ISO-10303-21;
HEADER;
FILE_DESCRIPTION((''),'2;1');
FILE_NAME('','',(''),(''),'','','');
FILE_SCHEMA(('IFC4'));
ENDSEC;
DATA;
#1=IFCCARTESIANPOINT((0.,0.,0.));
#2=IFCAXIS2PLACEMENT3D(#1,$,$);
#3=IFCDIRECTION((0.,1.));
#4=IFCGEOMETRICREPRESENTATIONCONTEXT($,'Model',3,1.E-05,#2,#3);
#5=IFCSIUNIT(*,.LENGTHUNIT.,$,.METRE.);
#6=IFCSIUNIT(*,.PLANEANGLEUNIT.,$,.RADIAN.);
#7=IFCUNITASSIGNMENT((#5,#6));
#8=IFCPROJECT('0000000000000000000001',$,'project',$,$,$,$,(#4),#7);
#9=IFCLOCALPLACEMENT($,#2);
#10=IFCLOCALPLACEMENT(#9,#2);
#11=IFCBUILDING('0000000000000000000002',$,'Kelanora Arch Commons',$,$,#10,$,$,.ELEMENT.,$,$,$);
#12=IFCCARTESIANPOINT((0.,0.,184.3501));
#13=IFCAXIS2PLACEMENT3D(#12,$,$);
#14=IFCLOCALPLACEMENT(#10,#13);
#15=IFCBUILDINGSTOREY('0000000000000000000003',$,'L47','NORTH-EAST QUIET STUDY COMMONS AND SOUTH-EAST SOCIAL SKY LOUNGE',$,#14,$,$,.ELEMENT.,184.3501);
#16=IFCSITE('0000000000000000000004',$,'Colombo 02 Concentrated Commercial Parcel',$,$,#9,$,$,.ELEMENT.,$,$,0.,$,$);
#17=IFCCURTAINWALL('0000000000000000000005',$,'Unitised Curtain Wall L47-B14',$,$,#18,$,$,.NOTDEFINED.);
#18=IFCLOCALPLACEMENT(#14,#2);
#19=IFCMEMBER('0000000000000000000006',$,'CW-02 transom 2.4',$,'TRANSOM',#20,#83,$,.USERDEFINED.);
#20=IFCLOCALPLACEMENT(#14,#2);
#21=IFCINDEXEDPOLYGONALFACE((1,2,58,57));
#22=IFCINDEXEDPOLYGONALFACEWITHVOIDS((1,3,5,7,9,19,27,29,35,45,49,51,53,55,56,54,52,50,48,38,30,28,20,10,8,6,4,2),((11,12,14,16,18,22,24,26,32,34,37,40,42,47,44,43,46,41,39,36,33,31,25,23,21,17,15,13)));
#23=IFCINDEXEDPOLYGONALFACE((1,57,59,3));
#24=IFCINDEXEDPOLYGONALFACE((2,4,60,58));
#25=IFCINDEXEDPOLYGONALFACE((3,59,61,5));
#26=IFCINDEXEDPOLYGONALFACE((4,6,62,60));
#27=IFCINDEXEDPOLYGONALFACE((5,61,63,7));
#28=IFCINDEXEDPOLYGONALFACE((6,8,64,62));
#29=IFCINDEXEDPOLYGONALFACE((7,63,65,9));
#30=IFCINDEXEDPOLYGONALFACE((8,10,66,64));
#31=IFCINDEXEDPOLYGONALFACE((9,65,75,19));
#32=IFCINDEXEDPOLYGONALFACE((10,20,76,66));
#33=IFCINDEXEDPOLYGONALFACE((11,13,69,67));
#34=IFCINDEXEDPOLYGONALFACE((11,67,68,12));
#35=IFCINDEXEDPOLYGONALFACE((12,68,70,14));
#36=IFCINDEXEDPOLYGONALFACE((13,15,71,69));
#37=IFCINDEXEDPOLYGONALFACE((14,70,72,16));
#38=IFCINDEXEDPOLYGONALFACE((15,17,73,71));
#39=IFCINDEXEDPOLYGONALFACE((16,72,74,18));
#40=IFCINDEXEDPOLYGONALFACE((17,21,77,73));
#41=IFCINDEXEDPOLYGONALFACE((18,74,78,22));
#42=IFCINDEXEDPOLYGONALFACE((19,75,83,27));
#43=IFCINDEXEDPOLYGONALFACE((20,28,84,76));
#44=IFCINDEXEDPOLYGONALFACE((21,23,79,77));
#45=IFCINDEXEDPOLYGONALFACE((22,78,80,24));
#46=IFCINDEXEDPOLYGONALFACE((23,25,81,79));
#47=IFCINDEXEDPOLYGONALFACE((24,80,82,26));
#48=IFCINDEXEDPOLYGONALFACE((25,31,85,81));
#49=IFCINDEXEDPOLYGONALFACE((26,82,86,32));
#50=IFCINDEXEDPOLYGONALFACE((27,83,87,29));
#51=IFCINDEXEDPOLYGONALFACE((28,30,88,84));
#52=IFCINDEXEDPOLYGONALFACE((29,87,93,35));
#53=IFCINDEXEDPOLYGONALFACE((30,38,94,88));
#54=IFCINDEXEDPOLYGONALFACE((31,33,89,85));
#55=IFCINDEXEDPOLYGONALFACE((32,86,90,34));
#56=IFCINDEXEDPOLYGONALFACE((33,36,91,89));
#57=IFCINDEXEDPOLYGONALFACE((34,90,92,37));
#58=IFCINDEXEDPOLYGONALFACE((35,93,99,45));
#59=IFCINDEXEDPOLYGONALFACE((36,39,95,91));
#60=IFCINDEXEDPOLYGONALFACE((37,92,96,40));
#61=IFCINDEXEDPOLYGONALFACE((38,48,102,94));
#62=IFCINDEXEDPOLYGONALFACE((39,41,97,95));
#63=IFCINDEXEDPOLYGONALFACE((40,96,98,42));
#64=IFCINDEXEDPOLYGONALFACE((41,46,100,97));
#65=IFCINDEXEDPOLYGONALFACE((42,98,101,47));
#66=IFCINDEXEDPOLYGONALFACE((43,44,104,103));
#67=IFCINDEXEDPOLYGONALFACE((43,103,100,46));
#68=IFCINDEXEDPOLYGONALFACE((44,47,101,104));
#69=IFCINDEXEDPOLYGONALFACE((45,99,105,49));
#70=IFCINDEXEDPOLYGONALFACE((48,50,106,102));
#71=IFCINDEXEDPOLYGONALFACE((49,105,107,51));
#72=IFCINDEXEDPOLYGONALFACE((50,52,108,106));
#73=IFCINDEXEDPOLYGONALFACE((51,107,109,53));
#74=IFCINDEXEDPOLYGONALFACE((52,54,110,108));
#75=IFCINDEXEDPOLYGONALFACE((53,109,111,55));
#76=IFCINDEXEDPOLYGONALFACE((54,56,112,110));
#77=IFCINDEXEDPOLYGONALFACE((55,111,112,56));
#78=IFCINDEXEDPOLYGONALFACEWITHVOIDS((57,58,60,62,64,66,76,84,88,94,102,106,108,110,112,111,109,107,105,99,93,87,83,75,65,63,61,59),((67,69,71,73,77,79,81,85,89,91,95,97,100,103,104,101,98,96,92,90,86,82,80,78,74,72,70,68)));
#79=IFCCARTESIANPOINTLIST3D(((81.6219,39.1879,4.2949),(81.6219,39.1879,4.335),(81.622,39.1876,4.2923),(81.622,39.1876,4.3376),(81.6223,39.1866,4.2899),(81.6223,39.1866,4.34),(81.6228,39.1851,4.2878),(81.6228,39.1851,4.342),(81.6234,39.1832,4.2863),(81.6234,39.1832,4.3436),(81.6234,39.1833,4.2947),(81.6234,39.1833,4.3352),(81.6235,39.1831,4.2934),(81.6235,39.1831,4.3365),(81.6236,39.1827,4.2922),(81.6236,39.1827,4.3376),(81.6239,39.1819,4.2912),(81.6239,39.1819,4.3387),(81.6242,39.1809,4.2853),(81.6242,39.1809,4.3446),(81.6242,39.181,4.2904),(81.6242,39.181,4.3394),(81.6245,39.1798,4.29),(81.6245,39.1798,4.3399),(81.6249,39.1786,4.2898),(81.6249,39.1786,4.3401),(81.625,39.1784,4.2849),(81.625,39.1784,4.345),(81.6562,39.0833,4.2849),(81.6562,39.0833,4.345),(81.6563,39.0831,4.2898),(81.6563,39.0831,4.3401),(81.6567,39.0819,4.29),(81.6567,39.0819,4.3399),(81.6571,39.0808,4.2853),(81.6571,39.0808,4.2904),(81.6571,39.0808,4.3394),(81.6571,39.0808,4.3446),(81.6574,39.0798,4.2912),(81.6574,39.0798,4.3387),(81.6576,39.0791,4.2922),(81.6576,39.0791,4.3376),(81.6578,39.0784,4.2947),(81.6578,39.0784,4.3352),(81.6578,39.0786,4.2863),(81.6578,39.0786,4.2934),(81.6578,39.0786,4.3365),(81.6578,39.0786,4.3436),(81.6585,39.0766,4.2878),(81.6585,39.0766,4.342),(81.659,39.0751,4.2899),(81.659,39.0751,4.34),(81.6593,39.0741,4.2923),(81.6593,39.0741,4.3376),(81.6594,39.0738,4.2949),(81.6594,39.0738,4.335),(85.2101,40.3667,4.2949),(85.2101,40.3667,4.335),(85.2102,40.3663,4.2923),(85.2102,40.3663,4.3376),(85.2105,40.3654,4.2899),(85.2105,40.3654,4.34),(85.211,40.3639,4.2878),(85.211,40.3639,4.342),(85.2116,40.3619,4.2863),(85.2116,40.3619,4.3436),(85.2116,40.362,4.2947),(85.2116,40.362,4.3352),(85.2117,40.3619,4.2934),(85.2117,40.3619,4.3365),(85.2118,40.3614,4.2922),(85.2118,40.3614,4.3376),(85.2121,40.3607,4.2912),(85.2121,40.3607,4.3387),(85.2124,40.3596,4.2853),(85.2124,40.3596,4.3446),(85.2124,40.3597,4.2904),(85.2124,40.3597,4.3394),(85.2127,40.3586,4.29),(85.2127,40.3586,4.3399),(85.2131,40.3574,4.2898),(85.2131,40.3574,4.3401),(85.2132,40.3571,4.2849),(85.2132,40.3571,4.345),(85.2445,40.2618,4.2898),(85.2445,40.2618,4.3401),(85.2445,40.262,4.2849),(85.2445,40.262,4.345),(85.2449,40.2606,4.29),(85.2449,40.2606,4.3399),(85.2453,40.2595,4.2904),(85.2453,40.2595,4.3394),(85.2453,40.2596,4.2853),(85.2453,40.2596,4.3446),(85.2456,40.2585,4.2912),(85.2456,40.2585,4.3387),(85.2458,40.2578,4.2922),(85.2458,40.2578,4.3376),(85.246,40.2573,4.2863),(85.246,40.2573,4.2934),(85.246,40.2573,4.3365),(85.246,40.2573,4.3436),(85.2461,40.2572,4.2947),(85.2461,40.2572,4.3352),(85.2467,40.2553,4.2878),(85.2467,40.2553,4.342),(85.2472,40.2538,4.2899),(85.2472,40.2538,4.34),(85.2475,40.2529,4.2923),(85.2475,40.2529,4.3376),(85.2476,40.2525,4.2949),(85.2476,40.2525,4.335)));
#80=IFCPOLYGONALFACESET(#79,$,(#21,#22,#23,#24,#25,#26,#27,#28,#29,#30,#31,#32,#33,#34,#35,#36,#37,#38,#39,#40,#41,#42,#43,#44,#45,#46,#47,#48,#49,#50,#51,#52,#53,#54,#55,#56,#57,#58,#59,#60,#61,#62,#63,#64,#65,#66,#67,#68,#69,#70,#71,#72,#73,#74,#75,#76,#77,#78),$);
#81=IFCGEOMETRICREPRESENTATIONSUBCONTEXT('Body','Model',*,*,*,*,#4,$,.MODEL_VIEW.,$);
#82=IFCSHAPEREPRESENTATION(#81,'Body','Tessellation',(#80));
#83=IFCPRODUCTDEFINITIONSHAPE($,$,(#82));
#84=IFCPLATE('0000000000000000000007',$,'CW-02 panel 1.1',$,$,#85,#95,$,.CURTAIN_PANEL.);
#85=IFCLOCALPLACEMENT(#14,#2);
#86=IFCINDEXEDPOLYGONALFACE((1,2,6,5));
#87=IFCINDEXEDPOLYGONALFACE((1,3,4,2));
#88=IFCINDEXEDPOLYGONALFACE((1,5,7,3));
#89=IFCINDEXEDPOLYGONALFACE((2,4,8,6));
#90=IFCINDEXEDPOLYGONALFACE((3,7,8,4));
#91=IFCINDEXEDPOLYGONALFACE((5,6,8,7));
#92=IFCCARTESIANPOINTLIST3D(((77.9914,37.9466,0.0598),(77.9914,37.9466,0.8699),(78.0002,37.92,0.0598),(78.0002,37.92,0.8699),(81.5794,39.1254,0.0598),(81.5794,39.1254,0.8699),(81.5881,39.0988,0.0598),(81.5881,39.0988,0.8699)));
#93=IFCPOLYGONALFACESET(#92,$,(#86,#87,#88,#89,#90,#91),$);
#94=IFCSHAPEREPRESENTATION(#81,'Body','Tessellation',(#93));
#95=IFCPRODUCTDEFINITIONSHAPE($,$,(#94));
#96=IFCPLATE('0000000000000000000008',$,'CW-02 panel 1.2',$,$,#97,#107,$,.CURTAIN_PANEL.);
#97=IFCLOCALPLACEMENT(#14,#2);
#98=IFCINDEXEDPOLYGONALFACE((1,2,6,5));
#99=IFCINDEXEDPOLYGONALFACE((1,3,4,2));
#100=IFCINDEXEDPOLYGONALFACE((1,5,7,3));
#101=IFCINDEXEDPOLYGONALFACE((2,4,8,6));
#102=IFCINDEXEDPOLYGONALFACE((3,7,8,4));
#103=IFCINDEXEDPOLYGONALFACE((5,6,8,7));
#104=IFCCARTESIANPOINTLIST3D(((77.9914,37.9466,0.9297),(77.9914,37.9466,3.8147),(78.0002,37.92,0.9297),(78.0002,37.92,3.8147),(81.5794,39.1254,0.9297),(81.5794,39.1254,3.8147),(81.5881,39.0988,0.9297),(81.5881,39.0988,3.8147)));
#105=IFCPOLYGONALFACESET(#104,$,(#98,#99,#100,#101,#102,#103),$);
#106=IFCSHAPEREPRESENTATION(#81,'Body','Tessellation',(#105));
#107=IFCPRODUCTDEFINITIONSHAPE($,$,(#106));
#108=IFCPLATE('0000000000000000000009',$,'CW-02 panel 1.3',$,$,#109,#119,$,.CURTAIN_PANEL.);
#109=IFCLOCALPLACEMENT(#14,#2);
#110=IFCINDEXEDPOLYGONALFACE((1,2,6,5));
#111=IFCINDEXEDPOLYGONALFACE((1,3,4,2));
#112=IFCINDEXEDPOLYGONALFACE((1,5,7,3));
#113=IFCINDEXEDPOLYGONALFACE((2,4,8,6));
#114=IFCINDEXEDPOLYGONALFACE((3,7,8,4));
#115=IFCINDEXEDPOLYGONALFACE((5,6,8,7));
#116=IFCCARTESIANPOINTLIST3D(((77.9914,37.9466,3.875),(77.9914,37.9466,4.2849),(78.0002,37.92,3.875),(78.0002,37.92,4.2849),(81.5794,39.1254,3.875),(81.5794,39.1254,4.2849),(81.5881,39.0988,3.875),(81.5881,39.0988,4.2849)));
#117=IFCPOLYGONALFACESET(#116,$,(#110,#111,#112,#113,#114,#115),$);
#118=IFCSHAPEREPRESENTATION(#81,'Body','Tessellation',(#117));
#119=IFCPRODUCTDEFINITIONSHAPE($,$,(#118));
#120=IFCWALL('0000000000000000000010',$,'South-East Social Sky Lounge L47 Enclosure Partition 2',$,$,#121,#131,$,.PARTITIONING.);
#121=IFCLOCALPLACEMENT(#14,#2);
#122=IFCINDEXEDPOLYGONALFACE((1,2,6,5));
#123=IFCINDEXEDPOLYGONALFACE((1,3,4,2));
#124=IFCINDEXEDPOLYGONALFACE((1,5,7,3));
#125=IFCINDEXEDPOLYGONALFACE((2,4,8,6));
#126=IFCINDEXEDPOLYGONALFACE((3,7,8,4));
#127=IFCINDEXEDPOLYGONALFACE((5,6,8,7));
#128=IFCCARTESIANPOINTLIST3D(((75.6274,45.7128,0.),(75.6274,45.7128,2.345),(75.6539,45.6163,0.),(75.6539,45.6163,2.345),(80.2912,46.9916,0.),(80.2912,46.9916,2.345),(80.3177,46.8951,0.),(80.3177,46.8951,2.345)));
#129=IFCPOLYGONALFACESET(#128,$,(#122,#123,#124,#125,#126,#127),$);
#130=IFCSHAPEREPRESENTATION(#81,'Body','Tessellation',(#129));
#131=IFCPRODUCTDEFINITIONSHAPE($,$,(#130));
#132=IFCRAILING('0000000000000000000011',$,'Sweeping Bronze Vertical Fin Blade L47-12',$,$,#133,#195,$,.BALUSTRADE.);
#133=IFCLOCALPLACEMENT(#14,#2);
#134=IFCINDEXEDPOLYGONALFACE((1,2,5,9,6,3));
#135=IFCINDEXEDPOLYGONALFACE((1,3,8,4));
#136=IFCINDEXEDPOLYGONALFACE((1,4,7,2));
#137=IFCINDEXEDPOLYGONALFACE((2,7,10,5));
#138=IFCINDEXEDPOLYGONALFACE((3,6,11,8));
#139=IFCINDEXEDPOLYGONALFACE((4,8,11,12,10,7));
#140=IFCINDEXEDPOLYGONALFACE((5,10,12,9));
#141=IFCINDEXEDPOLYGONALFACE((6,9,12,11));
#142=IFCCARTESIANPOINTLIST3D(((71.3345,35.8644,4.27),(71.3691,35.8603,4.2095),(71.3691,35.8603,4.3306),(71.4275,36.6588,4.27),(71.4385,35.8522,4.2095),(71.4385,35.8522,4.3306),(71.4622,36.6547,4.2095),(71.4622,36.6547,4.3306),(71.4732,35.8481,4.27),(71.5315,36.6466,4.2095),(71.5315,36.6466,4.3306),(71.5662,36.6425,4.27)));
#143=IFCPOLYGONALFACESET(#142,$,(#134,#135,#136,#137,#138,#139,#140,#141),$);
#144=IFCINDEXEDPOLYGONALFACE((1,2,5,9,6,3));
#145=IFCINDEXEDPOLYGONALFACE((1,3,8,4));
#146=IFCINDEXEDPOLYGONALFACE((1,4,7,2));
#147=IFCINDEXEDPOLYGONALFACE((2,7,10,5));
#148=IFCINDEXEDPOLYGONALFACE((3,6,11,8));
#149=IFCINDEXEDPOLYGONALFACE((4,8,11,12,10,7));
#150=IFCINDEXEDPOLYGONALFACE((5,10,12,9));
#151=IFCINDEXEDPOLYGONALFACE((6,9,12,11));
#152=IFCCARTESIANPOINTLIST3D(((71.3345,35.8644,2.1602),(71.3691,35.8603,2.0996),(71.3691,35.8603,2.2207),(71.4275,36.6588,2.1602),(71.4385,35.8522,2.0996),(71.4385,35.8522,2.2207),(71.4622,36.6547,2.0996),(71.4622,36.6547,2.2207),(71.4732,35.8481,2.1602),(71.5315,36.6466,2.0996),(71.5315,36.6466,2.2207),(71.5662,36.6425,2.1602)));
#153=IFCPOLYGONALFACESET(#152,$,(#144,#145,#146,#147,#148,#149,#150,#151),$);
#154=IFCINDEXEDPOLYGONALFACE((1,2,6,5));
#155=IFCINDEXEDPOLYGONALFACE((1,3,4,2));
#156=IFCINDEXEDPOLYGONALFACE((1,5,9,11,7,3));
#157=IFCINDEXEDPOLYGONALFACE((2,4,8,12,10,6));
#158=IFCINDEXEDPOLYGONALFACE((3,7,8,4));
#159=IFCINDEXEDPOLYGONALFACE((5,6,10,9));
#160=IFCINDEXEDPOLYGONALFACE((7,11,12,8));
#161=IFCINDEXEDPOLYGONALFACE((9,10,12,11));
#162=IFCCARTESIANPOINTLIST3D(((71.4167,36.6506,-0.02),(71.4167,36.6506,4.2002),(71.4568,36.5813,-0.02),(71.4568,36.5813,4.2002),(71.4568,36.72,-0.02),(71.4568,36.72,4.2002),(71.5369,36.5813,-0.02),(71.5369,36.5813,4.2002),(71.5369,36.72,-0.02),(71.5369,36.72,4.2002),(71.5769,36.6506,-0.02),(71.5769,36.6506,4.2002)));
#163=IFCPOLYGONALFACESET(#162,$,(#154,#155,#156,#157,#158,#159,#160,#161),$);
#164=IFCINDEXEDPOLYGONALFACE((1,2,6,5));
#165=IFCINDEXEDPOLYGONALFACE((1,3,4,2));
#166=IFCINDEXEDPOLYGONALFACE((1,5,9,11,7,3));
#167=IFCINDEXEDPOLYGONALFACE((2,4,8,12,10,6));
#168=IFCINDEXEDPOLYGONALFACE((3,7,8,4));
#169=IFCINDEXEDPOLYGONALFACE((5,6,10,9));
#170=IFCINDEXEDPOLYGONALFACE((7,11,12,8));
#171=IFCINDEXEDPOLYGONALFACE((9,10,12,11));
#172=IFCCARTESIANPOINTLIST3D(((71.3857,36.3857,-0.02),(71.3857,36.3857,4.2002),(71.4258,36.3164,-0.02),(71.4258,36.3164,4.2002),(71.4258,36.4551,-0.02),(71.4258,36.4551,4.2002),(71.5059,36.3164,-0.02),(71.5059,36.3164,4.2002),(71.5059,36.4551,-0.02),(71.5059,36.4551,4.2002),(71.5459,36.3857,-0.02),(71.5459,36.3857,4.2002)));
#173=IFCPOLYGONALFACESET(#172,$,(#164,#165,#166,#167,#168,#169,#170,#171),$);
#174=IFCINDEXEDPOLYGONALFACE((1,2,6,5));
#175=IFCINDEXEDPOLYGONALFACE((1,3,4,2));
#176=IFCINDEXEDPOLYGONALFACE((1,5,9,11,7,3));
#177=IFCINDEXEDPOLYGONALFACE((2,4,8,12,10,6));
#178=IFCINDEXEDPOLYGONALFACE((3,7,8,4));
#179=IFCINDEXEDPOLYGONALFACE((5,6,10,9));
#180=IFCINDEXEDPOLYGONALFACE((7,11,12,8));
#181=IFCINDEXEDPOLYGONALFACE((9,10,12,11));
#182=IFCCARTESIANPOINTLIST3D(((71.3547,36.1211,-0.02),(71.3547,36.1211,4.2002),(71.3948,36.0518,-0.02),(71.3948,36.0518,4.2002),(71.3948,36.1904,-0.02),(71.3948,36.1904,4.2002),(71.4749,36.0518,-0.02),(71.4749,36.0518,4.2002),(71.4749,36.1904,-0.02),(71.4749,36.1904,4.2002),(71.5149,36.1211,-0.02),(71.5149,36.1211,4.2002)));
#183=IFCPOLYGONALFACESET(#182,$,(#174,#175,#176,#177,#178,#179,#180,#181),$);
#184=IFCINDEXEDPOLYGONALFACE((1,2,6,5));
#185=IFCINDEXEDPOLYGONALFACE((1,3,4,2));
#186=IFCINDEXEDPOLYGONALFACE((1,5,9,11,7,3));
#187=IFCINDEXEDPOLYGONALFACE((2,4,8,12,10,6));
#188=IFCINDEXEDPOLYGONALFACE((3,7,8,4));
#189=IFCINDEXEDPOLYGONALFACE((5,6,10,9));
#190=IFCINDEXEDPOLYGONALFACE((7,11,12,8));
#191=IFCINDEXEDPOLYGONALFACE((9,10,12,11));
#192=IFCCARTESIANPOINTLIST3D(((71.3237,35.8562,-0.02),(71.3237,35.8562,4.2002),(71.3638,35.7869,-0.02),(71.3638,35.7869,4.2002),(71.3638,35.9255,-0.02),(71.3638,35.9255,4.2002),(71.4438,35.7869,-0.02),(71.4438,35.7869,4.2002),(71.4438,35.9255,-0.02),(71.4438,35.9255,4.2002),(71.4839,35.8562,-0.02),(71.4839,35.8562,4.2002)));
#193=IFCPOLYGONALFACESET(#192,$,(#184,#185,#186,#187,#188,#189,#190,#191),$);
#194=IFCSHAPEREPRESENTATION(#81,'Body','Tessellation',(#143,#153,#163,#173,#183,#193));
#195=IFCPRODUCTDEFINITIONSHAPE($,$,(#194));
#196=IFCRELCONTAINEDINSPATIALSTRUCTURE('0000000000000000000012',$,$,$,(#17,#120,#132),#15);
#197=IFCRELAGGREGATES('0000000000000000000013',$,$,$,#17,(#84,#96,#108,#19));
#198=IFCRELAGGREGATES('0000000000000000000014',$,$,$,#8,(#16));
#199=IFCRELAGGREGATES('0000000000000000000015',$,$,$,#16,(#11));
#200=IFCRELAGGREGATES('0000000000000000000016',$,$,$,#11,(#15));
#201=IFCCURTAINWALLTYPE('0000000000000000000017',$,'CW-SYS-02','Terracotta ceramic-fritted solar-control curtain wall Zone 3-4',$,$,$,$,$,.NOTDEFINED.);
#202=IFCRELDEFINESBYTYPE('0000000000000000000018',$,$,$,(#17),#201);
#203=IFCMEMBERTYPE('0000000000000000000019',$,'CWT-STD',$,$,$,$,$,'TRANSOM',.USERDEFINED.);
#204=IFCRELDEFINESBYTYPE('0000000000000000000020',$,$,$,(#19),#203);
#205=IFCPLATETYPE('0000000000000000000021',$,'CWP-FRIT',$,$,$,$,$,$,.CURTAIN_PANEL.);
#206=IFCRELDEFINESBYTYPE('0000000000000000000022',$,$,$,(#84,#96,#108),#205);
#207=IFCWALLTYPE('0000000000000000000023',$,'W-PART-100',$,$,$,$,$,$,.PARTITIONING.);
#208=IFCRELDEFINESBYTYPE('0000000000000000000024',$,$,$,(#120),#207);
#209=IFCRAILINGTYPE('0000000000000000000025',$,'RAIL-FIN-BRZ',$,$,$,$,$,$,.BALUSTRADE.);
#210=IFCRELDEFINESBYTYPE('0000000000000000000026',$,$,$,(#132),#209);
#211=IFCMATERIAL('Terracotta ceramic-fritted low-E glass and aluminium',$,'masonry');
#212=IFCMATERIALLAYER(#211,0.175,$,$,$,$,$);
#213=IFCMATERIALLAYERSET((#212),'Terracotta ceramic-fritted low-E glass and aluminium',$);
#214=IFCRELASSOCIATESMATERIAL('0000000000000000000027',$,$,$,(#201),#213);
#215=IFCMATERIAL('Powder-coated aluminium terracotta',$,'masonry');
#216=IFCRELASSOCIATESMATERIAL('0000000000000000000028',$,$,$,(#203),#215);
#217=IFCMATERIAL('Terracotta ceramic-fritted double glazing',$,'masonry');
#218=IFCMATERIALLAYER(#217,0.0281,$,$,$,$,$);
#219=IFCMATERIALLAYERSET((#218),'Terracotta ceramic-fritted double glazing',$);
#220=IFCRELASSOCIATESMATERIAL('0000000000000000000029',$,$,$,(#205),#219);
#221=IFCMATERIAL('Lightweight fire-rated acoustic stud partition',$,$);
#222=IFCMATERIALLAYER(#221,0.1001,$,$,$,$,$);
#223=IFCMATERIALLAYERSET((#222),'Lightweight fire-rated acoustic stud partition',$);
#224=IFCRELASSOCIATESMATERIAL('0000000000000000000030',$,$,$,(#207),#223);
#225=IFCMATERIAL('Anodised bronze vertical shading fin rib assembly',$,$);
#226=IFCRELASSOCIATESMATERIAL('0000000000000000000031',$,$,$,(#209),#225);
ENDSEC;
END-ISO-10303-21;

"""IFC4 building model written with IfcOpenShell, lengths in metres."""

from ifc_helpers import new_model, si_unit, direction, frame, frame_2d, origin, origin_2d, place, context, subcontext, project, spatial, polyline, rectangle, hollow_rectangle, outline, extrude, source, transform, mapped, material, layer, layer_set, material_profile, profile_set, type_object, element, aggregate, save


model = new_model("IFC4")

# Units and contexts
model_context = context("Model", 3, precision=1e-05, world=origin(), true_north=direction((0.0, 1.0)))
body_context = subcontext(model_context, "Body", "Model", "MODEL_VIEW")
ifc_project = project(units=[si_unit("LENGTHUNIT", "METRE"), si_unit("PLANEANGLEUNIT", "RADIAN")], contexts=[model_context])

# Site, building, storey
site_placement = place(None, origin())
site = spatial("IfcSite", under=ifc_project, at=site_placement, Name="Colombo 02 Concentrated Commercial Parcel", CompositionType="ELEMENT", RefElevation=0.0)
building_placement = place(site_placement, origin())
building = spatial("IfcBuilding", under=site, at=building_placement, Name="Kelanora Arch Commons", CompositionType="ELEMENT")
storey_placement = place(building_placement, frame((0.0, 0.0, 184.3501)))
storey = spatial("IfcBuildingStorey", under=building, at=storey_placement, Name="L47", Description="NORTH-EAST QUIET STUDY COMMONS AND SOUTH-EAST SOCIAL SKY LOUNGE", CompositionType="ELEMENT", Elevation=184.3501)

# Curtain wall, member, plates
ifc_material_1 = material(Name="Terracotta ceramic-fritted low-E glass and aluminium", Category="masonry")
ifc_layer_1 = layer(ifc_material_1, 0.175)
ifc_layer_set_1 = layer_set([ifc_layer_1], Name="Terracotta ceramic-fritted low-E glass and aluminium")
curtain_wall_type = type_object("IfcCurtainWallType", Name="CW-SYS-02", Description="Terracotta ceramic-fritted solar-control curtain wall Zone 3-4", PredefinedType="NOTDEFINED", material=ifc_layer_set_1)
curtain_wall_placement = place(storey_placement, origin())
curtain_wall = element("IfcCurtainWall", 1, at=curtain_wall_placement, inside=storey, type_object=curtain_wall_type, Name="Unitised Curtain Wall L47-B14", PredefinedType="NOTDEFINED")
ifc_material_2 = material(Name="Powder-coated aluminium terracotta", Category="masonry")
ifc_material_profile_1 = material_profile(ifc_material_2, hollow_rectangle(XDim=0.1201, YDim=0.0601, WallThickness=0.0049, InnerFilletRadius=0.0049, OuterFilletRadius=0.01, at=origin_2d()), Name="CWT120x60")
ifc_profile_set_1 = profile_set([ifc_material_profile_1], Name="Powder-coated aluminium terracotta")
member_type_1 = type_object("IfcMemberType", Name="CWT-STD", ElementType="TRANSOM", PredefinedType="USERDEFINED", material=ifc_profile_set_1)
member_1_placement = place(storey_placement, frame((81.6406, 39.1309, 4.3149), z_axis=(0.950051, 0.312094, 0.0), x_axis=(-0.312094, 0.950051, 0.0)))
member_1 = element("IfcMember", 2, at=member_1_placement, type_object=member_type_1, Name="CW-02 transom 2.4", ObjectType="TRANSOM", PredefinedType="USERDEFINED", context=body_context, shape_type="SweptSolid", body=[
    extrude(hollow_rectangle(XDim=0.1201, YDim=0.0601, WallThickness=0.0049, InnerFilletRadius=0.0049, OuterFilletRadius=0.01, at=origin_2d()), origin(), (0.0, 0.0, 1.0), 3.7769),
])
ifc_material_3 = material(Name="Terracotta ceramic-fritted double glazing", Category="masonry")
ifc_layer_2 = layer(ifc_material_3, 0.0281)
ifc_layer_set_2 = layer_set([ifc_layer_2], Name="Terracotta ceramic-fritted double glazing")
plate_type = type_object("IfcPlateType", Name="CWP-FRIT", PredefinedType="CURTAIN_PANEL", material=ifc_layer_set_2)
shared_shape_1 = source(origin(), body_context, "Body", "SweptSolid", [
    extrude(rectangle(XDim=3.7766, YDim=0.0281, at=origin_2d()), origin(), (0.0, 0.0, 1.0), 0.8101),
])
plate_1_placement = place(storey_placement, frame((79.7898, 38.5227, 0.0598), z_axis=(0.0, 0.0, 1.0), x_axis=(0.95004, 0.312128, 0.0)))
plate_1 = element("IfcPlate", 3, at=plate_1_placement, type_object=plate_type, Name="CW-02 panel 1.1", PredefinedType="CURTAIN_PANEL", context=body_context, shape_type="MappedRepresentation", body=[
    mapped(shared_shape_1, transform((0.0, 0.0, 0.0), scale=1.0)),
])
shared_shape_2 = source(origin(), body_context, "Body", "SweptSolid", [
    extrude(rectangle(XDim=3.7766, YDim=0.0281, at=origin_2d()), origin(), (0.0, 0.0, 1.0), 2.885),
])
plate_2_placement = place(storey_placement, frame((79.7898, 38.5227, 0.9297), z_axis=(0.0, 0.0, 1.0), x_axis=(0.95004, 0.312128, 0.0)))
plate_2 = element("IfcPlate", 4, at=plate_2_placement, type_object=plate_type, Name="CW-02 panel 1.2", PredefinedType="CURTAIN_PANEL", context=body_context, shape_type="MappedRepresentation", body=[
    mapped(shared_shape_2, transform((0.0, 0.0, 0.0), scale=1.0)),
])
shared_shape_3 = source(origin(), body_context, "Body", "SweptSolid", [
    extrude(rectangle(XDim=3.7766, YDim=0.0281, at=origin_2d()), origin(), (0.0, 0.0, 1.0), 0.4099),
])
plate_3_placement = place(storey_placement, frame((79.7898, 38.5227, 3.875), z_axis=(0.0, 0.0, 1.0), x_axis=(0.95004, 0.312128, 0.0)))
plate_3 = element("IfcPlate", 5, at=plate_3_placement, type_object=plate_type, Name="CW-02 panel 1.3", PredefinedType="CURTAIN_PANEL", context=body_context, shape_type="MappedRepresentation", body=[
    mapped(shared_shape_3, transform((0.0, 0.0, 0.0), scale=1.0)),
])
aggregate(curtain_wall, [plate_1, plate_2, plate_3, member_1])

# Wall
ifc_material_4 = material(Name="Lightweight fire-rated acoustic stud partition")
ifc_layer_3 = layer(ifc_material_4, 0.1001)
ifc_layer_set_3 = layer_set([ifc_layer_3], Name="Lightweight fire-rated acoustic stud partition")
wall_type = type_object("IfcWallType", Name="W-PART-100", PredefinedType="PARTITIONING", material=ifc_layer_set_3)
wall_placement = place(storey_placement, frame((75.6406, 45.6646, 0.0), z_axis=(0.0, 0.0, 1.0), x_axis=(0.964403, 0.264437, 0.0)))
element("IfcWall", 6, at=wall_placement, inside=storey, type_object=wall_type, Name="South-East Social Sky Lounge L47 Enclosure Partition 2", PredefinedType="PARTITIONING", context=body_context, shape_type="SweptSolid", body=[
    extrude(rectangle(XDim=4.8359, YDim=0.1001, at=frame_2d((2.418, 0.0))), origin(), (0.0, 0.0, 1.0), 2.345),
])

# Railing
ifc_material_5 = material(Name="Anodised bronze vertical shading fin rib assembly")
railing_type = type_object("IfcRailingType", Name="RAIL-FIN-BRZ", PredefinedType="BALUSTRADE", material=ifc_material_5)
railing_1_placement = place(storey_placement, frame((71.4968, 36.6506, -0.02)))
element("IfcRailing", 7, at=railing_1_placement, inside=storey, type_object=railing_type, Name="Sweeping Bronze Vertical Fin Blade L47-12", PredefinedType="BALUSTRADE", context=body_context, shape_type="SweptSolid", body=[
    extrude(outline(polyline([(0.0698, 0.0), (0.0349, 0.0605), (-0.0349, 0.0605), (-0.0698, 0.0), (-0.0349, -0.0605), (0.0349, -0.0605), (0.0698, 0.0)])), frame((0.0, 0.0, 4.29), z_axis=(-0.116292, -0.993215, 0.0), x_axis=(0.993215, -0.116292, 0.0)), (0.0, 0.0, 1.0), 0.7998),
    extrude(outline(polyline([(0.0698, 0.0), (0.0349, 0.0605), (-0.0349, 0.0605), (-0.0698, 0.0), (-0.0349, -0.0605), (0.0349, -0.0605), (0.0698, 0.0)])), frame((0.0, 0.0, 2.1802), z_axis=(-0.116292, -0.993215, 0.0), x_axis=(0.993215, -0.116292, 0.0)), (0.0, 0.0, 1.0), 0.7998),
    extrude(outline(polyline([(0.0801, 0.0), (0.04, 0.0693), (-0.04, 0.0693), (-0.0801, 0.0), (-0.04, -0.0693), (0.04, -0.0693), (0.0801, 0.0)])), origin(), (0.0, 0.0, 1.0), 4.2202),
    extrude(outline(polyline([(0.0801, 0.0), (0.04, 0.0693), (-0.04, 0.0693), (-0.0801, 0.0), (-0.04, -0.0693), (0.04, -0.0693), (0.0801, 0.0)])), frame((-0.031, -0.2649, 0.0)), (0.0, 0.0, 1.0), 4.2202),
    extrude(outline(polyline([(0.0801, 0.0), (0.04, 0.0693), (-0.04, 0.0693), (-0.0801, 0.0), (-0.04, -0.0693), (0.04, -0.0693), (0.0801, 0.0)])), frame((-0.062, -0.5295, 0.0)), (0.0, 0.0, 1.0), 4.2202),
    extrude(outline(polyline([(0.0801, 0.0), (0.04, 0.0693), (-0.04, 0.0693), (-0.0801, 0.0), (-0.04, -0.0693), (0.04, -0.0693), (0.0801, 0.0)])), frame((-0.093, -0.7944, 0.0)), (0.0, 0.0, 1.0), 4.2202),
])

save(model, "model.ifc")
